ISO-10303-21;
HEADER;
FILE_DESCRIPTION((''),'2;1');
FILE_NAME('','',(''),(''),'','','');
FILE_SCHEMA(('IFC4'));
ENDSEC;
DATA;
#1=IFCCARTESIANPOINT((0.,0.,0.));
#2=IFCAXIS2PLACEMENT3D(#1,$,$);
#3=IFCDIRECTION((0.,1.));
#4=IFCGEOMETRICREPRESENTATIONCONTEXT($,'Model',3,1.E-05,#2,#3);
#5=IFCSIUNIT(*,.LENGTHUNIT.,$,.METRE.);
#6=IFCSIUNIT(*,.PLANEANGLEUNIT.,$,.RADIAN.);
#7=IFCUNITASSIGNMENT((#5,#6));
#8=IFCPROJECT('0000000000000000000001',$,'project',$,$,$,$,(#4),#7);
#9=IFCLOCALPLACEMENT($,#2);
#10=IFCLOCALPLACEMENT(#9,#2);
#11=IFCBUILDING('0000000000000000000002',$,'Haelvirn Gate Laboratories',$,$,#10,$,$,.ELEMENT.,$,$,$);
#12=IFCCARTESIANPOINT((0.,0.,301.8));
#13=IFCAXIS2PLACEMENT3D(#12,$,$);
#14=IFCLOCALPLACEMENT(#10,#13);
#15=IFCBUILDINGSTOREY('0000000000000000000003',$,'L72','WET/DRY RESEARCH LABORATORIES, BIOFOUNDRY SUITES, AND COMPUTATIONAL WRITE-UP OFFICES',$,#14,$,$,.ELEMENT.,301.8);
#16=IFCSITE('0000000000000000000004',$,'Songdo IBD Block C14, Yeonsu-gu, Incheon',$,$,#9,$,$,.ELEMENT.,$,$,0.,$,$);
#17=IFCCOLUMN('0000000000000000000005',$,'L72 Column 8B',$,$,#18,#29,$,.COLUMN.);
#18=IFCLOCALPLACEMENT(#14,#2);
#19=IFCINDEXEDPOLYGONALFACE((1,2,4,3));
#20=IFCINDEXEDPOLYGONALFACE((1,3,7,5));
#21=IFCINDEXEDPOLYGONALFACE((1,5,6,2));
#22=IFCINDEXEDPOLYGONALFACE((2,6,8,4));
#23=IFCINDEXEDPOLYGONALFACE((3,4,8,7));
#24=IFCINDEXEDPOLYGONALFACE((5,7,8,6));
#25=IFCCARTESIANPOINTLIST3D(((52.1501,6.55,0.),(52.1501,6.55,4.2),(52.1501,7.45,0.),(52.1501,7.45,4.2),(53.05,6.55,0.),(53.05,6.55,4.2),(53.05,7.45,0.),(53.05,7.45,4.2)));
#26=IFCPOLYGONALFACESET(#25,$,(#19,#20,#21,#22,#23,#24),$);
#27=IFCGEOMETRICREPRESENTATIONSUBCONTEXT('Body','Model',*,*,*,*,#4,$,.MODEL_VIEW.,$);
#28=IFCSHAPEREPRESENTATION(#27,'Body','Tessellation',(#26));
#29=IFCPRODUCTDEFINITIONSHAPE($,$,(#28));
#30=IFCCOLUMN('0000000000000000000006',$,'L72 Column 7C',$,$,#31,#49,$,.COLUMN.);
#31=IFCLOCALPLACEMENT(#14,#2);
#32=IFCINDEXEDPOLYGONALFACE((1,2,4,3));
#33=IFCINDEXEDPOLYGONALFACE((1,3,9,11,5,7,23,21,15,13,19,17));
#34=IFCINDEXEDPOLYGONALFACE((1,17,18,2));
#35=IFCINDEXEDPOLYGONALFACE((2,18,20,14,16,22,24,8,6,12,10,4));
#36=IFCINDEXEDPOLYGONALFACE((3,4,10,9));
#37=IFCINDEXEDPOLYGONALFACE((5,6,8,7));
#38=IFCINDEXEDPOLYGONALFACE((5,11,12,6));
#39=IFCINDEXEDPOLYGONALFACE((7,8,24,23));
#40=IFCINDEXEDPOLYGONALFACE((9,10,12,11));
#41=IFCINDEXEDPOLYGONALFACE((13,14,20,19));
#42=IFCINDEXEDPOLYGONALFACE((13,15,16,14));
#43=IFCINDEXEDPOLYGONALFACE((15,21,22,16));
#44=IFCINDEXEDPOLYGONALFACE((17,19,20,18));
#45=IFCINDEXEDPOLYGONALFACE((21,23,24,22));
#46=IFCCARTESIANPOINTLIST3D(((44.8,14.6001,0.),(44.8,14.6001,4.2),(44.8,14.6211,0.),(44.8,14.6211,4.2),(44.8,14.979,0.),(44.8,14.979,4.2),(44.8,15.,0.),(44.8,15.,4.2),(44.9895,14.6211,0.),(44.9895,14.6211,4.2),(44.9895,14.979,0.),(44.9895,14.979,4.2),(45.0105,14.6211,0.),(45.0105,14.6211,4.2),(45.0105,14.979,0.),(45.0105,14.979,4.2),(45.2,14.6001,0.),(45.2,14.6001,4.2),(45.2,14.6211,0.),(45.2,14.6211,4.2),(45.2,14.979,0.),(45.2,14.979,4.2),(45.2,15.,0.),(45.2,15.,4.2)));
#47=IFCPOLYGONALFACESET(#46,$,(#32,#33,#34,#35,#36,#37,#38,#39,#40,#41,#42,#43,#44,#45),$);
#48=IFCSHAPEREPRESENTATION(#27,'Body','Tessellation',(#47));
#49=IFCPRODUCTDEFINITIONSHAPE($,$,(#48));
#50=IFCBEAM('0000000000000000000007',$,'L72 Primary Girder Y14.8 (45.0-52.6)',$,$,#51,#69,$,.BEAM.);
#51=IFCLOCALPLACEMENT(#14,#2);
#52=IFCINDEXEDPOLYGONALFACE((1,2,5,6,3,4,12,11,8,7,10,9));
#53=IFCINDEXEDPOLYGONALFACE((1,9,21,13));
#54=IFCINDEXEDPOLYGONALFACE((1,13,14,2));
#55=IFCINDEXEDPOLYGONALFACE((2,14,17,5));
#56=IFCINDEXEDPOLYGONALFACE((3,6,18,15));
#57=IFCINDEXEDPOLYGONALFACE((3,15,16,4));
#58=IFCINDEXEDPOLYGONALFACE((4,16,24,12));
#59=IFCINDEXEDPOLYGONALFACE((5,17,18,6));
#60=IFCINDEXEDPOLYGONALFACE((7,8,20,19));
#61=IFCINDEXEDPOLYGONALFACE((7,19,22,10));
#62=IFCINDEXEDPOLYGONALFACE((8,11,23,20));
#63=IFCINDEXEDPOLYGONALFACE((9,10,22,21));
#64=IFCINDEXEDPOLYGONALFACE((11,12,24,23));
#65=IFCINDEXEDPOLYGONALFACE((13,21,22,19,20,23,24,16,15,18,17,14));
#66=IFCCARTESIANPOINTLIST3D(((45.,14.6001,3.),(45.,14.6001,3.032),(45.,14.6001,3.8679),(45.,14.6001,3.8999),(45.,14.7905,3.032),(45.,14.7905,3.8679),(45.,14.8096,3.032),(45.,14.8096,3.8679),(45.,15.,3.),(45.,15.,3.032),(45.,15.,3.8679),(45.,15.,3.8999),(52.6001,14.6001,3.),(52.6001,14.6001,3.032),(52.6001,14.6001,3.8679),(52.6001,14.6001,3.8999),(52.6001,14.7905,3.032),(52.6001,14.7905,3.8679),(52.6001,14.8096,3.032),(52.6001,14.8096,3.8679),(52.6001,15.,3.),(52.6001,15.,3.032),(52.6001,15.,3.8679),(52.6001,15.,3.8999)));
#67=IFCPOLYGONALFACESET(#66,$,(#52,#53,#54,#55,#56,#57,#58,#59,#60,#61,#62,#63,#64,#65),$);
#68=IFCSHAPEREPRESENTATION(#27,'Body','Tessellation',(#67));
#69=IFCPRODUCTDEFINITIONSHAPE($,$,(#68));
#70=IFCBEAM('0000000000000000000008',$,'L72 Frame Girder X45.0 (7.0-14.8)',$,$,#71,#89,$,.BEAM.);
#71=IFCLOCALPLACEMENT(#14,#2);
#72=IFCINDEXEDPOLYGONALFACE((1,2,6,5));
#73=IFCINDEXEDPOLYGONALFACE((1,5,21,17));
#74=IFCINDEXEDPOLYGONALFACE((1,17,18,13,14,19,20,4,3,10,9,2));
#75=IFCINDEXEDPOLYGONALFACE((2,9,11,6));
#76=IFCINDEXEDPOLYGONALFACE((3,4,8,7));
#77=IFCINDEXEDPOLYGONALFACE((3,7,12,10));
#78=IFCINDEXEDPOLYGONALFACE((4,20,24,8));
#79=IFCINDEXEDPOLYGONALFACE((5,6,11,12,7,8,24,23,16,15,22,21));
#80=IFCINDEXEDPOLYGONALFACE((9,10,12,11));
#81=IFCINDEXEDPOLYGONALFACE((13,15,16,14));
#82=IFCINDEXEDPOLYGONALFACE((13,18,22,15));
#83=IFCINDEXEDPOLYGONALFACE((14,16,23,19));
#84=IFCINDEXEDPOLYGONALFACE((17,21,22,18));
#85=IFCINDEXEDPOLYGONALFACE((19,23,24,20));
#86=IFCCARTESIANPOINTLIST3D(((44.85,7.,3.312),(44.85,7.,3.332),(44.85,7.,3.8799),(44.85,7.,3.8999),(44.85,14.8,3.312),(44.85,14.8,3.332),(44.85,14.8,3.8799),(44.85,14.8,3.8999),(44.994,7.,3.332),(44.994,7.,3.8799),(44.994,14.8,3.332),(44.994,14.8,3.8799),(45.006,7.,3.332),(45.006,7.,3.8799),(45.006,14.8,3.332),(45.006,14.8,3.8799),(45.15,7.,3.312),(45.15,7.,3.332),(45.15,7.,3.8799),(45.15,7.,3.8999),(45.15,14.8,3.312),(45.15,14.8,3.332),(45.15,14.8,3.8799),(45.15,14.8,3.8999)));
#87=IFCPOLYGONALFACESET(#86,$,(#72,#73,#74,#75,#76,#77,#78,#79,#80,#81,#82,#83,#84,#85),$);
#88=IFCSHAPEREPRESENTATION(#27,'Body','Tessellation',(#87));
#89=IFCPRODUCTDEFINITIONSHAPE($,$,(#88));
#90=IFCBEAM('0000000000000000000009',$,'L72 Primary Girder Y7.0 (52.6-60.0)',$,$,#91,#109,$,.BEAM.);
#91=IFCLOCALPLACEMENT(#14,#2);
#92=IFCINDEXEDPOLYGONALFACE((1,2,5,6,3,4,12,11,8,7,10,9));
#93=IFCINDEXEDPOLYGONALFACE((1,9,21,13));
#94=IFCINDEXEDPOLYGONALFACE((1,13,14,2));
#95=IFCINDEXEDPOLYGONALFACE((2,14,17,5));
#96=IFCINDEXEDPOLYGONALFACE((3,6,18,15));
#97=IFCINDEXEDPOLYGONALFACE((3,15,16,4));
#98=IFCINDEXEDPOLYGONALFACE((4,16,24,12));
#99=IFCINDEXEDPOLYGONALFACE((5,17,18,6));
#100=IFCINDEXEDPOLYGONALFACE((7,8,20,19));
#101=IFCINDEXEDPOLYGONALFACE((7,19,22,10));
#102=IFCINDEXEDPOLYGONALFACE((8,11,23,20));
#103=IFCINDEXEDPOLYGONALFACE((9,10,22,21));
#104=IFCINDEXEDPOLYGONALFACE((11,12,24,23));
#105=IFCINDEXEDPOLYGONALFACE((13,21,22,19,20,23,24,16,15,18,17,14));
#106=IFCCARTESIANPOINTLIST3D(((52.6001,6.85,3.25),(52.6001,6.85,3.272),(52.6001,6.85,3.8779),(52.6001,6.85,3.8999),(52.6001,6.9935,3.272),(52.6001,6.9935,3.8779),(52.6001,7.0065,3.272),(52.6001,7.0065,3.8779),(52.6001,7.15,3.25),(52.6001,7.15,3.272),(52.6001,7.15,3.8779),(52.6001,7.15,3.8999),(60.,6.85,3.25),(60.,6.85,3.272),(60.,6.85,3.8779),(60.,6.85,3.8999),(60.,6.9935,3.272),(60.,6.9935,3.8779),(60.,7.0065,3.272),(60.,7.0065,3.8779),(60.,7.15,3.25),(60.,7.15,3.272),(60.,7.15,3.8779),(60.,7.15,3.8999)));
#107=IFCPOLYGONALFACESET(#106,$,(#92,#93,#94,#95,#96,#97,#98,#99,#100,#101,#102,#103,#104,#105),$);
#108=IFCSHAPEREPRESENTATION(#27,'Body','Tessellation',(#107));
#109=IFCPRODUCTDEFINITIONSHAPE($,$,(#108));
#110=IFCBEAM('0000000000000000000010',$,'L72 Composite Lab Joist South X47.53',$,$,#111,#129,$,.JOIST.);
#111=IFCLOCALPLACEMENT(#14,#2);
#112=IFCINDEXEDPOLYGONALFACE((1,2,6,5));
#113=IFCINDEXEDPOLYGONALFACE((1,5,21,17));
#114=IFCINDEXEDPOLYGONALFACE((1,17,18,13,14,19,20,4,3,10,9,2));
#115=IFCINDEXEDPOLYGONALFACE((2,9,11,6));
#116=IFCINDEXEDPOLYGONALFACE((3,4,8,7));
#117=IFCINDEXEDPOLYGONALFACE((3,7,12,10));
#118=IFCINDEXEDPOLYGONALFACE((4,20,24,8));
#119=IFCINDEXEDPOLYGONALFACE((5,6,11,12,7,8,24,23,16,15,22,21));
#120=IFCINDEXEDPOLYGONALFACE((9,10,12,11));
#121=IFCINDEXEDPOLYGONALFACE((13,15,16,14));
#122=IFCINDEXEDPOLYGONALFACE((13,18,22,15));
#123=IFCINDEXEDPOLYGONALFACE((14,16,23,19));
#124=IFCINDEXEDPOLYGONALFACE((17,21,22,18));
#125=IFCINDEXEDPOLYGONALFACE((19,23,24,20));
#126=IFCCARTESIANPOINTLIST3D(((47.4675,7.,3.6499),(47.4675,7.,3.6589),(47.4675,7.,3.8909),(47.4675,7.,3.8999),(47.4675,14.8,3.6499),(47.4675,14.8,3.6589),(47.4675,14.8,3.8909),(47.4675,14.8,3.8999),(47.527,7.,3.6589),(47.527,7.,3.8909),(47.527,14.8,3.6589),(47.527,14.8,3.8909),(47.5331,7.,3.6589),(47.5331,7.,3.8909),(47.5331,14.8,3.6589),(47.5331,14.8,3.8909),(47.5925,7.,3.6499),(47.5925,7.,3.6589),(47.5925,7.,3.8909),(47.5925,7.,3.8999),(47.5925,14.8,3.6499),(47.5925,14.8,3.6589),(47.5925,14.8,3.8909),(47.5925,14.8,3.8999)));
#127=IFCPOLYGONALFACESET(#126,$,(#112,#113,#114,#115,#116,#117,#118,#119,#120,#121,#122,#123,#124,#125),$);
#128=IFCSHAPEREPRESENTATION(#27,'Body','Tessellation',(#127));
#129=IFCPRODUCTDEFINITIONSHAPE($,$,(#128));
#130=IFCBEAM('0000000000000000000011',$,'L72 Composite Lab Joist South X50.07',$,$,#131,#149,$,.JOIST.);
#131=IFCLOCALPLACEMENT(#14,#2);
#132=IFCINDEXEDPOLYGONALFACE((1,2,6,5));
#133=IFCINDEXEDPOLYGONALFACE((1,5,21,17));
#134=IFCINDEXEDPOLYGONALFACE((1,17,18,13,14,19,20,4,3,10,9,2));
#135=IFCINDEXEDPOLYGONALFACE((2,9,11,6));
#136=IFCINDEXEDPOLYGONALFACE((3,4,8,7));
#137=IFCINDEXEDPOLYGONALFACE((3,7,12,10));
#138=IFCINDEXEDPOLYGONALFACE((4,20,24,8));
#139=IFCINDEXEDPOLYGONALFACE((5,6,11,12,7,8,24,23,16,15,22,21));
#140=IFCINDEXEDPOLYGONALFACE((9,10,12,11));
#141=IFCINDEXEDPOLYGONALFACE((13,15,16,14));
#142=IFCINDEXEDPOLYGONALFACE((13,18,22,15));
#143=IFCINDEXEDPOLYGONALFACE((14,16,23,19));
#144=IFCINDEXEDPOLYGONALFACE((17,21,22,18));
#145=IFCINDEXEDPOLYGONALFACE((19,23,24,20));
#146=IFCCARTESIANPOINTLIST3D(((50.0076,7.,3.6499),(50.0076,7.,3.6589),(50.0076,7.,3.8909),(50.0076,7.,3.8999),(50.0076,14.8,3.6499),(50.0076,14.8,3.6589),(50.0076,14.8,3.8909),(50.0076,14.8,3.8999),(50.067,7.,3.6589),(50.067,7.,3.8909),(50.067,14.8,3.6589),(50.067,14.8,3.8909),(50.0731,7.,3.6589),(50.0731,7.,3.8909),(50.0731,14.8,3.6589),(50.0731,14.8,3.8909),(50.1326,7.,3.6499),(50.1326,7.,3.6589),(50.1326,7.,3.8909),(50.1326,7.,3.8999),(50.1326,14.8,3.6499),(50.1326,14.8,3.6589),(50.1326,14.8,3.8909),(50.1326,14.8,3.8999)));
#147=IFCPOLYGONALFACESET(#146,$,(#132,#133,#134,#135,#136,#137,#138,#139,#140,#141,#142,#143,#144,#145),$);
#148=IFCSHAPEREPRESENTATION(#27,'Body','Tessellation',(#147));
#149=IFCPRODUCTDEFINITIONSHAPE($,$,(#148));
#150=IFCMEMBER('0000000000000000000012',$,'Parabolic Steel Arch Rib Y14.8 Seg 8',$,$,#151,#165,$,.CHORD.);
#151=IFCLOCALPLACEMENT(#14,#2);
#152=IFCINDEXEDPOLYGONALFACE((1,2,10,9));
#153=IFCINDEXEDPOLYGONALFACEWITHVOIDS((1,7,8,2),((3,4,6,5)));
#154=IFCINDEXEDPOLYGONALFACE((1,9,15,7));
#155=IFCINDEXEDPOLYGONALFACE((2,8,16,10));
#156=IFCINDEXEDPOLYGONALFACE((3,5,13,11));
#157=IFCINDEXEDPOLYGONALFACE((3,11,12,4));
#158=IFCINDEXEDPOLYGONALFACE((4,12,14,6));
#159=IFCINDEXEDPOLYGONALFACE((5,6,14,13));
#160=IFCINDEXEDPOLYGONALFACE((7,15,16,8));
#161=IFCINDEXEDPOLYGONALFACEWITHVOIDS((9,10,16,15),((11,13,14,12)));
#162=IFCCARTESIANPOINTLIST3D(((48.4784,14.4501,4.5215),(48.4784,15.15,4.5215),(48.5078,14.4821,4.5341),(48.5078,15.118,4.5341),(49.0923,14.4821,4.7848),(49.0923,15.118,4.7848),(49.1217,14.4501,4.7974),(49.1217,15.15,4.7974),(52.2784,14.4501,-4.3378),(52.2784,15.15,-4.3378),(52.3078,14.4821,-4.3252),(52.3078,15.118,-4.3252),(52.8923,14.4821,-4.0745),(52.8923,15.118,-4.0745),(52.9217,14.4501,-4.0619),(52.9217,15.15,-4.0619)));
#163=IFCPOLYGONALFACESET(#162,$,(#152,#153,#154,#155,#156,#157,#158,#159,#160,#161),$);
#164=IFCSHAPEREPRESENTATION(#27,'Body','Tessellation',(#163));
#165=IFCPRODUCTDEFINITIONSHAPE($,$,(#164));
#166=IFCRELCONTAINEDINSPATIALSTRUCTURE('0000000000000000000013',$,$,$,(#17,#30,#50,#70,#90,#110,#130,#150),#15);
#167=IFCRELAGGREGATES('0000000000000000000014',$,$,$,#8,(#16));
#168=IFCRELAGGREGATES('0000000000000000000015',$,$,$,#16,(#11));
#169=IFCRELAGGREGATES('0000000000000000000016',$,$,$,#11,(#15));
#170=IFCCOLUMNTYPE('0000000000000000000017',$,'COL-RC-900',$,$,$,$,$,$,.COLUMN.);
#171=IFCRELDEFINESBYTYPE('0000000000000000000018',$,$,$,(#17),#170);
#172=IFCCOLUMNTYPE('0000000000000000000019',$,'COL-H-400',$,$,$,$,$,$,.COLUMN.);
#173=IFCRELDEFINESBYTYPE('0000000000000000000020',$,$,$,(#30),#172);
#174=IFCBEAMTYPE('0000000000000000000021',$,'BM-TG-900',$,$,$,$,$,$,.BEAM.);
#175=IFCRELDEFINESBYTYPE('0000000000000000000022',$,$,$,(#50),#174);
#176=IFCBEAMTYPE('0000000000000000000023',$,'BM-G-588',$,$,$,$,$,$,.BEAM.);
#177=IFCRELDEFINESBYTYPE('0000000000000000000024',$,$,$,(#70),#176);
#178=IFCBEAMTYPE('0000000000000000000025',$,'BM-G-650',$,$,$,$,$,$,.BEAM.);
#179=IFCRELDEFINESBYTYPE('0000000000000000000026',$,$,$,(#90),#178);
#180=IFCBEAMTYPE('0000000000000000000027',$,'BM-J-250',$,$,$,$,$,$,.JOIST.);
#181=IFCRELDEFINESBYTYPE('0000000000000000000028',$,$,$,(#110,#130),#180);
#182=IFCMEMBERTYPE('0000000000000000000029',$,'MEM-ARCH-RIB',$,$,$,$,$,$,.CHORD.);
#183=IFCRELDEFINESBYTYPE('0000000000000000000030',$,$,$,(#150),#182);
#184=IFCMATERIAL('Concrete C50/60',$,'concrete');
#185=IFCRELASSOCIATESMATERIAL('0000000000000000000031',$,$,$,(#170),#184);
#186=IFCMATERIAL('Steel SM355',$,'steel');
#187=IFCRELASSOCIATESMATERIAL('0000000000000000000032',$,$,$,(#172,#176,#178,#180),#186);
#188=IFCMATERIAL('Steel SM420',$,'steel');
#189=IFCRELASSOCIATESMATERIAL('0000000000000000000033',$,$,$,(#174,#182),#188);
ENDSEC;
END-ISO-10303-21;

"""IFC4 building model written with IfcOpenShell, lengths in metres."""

from ifc_helpers import new_model, si_unit, direction, frame, origin, origin_2d, place, context, subcontext, project, spatial, rectangle, hollow_rectangle, i_section, extrude, source, transform, mapped, material, material_profile, profile_set, type_object, type_shapes, element, save


model = new_model("IFC4")

# Units and contexts
model_context = context("Model", 3, precision=1e-05, world=origin(), true_north=direction((0.0, 1.0)))
body_context = subcontext(model_context, "Body", "Model", "MODEL_VIEW")
ifc_project = project(units=[si_unit("LENGTHUNIT", "METRE"), si_unit("PLANEANGLEUNIT", "RADIAN")], contexts=[model_context])

# Site, building, storey
site_placement = place(None, origin())
site = spatial("IfcSite", under=ifc_project, at=site_placement, Name="Songdo IBD Block C14, Yeonsu-gu, Incheon", CompositionType="ELEMENT", RefElevation=0.0)
building_placement = place(site_placement, origin())
building = spatial("IfcBuilding", under=site, at=building_placement, Name="Haelvirn Gate Laboratories", CompositionType="ELEMENT")
storey_placement = place(building_placement, frame((0.0, 0.0, 301.8)))
storey = spatial("IfcBuildingStorey", under=building, at=storey_placement, Name="L72", Description="WET/DRY RESEARCH LABORATORIES, BIOFOUNDRY SUITES, AND COMPUTATIONAL WRITE-UP OFFICES", CompositionType="ELEMENT", Elevation=301.8)

# Columns
ifc_material_1 = material(Name="Concrete C50/60", Category="concrete")
ifc_material_profile_1 = material_profile(ifc_material_1, rectangle(XDim=0.8999, YDim=0.8999, at=origin_2d()), Name="RC-900x900")
ifc_profile_set_1 = profile_set([ifc_material_profile_1], Name="Concrete C50/60")
column_type_1 = type_object("IfcColumnType", Name="COL-RC-900", PredefinedType="COLUMN", material=ifc_profile_set_1)
shared_shape_1 = source(origin(), body_context, "Body", "SweptSolid", [
    extrude(rectangle(XDim=0.8999, YDim=0.8999, at=origin_2d()), origin(), (0.0, 0.0, 1.0), 4.2),
])
type_shapes(column_type_1, [shared_shape_1])
column_1_placement = place(storey_placement, frame((52.6001, 7.0, 0.0), z_axis=(0.0, 0.0, 1.0), x_axis=(1.0, 0.0, 0.0)))
element("IfcColumn", 1, at=column_1_placement, inside=storey, type_object=column_type_1, Name="L72 Column 8B", PredefinedType="COLUMN", context=body_context, shape_type="MappedRepresentation", body=[
    mapped(shared_shape_1, transform((0.0, 0.0, 0.0), scale=1.0)),
])
ifc_material_2 = material(Name="Steel SM355", Category="steel")
ifc_material_profile_2 = material_profile(ifc_material_2, i_section(OverallWidth=0.3999, OverallDepth=0.3999, WebThickness=0.021, FlangeThickness=0.021, at=origin_2d()), Name="H-400x400x21x21")
ifc_profile_set_2 = profile_set([ifc_material_profile_2], Name="Steel SM355")
column_type_2 = type_object("IfcColumnType", Name="COL-H-400", PredefinedType="COLUMN", material=ifc_profile_set_2)
shared_shape_2 = source(origin(), body_context, "Body", "SweptSolid", [
    extrude(i_section(OverallWidth=0.3999, OverallDepth=0.3999, WebThickness=0.021, FlangeThickness=0.021, at=origin_2d()), origin(), (0.0, 0.0, 1.0), 4.2),
])
type_shapes(column_type_2, [shared_shape_2])
column_2_placement = place(storey_placement, frame((45.0, 14.8, 0.0), z_axis=(0.0, 0.0, 1.0), x_axis=(1.0, 0.0, 0.0)))
element("IfcColumn", 2, at=column_2_placement, inside=storey, type_object=column_type_2, Name="L72 Column 7C", PredefinedType="COLUMN", context=body_context, shape_type="MappedRepresentation", body=[
    mapped(shared_shape_2, transform((0.0, 0.0, 0.0), scale=1.0)),
])

# Beams
ifc_material_3 = material(Name="Steel SM420", Category="steel")
ifc_material_profile_3 = material_profile(ifc_material_3, i_section(OverallWidth=0.3999, OverallDepth=0.8999, WebThickness=0.019, FlangeThickness=0.032, at=origin_2d()), Name="H-900x400x19x32")
ifc_profile_set_3 = profile_set([ifc_material_profile_3], Name="Steel SM420")
beam_type_1 = type_object("IfcBeamType", Name="BM-TG-900", PredefinedType="BEAM", material=ifc_profile_set_3)
shared_shape_3 = source(origin(), body_context, "Body", "SweptSolid", [
    extrude(i_section(OverallWidth=0.3999, OverallDepth=0.8999, WebThickness=0.019, FlangeThickness=0.032, at=origin_2d()), origin(), (0.0, 0.0, 1.0), 7.6001),
])
type_shapes(beam_type_1, [shared_shape_3])
beam_1_placement = place(storey_placement, frame((45.0, 14.8, 3.45), z_axis=(1.0, 0.0, 0.0), x_axis=(0.0, 1.0, 0.0)))
element("IfcBeam", 3, at=beam_1_placement, inside=storey, type_object=beam_type_1, Name="L72 Primary Girder Y14.8 (45.0-52.6)", PredefinedType="BEAM", context=body_context, shape_type="MappedRepresentation", body=[
    mapped(shared_shape_3, transform((0.0, 0.0, 0.0), scale=1.0)),
])
ifc_material_profile_4 = material_profile(ifc_material_2, i_section(OverallWidth=0.3, OverallDepth=0.5879, WebThickness=0.012, FlangeThickness=0.02, at=origin_2d()), Name="H-588x300x12x20")
ifc_profile_set_4 = profile_set([ifc_material_profile_4], Name="Steel SM355")
beam_type_2 = type_object("IfcBeamType", Name="BM-G-588", PredefinedType="BEAM", material=ifc_profile_set_4)
shared_shape_4 = source(origin(), body_context, "Body", "SweptSolid", [
    extrude(i_section(OverallWidth=0.3, OverallDepth=0.5879, WebThickness=0.012, FlangeThickness=0.02, at=origin_2d()), origin(), (0.0, 0.0, 1.0), 7.8),
])
type_shapes(beam_type_2, [shared_shape_4])
beam_2_placement = place(storey_placement, frame((45.0, 7.0, 3.606), z_axis=(0.0, 1.0, 0.0), x_axis=(-1.0, 0.0, 0.0)))
element("IfcBeam", 4, at=beam_2_placement, inside=storey, type_object=beam_type_2, Name="L72 Frame Girder X45.0 (7.0-14.8)", PredefinedType="BEAM", context=body_context, shape_type="MappedRepresentation", body=[
    mapped(shared_shape_4, transform((0.0, 0.0, 0.0), scale=1.0)),
])
ifc_material_profile_5 = material_profile(ifc_material_2, i_section(OverallWidth=0.3, OverallDepth=0.6499, WebThickness=0.0129, FlangeThickness=0.022, at=origin_2d()), Name="H-650x300x13x22")
ifc_profile_set_5 = profile_set([ifc_material_profile_5], Name="Steel SM355")
beam_type_3 = type_object("IfcBeamType", Name="BM-G-650", PredefinedType="BEAM", material=ifc_profile_set_5)
shared_shape_5 = source(origin(), body_context, "Body", "SweptSolid", [
    extrude(i_section(OverallWidth=0.3, OverallDepth=0.6499, WebThickness=0.0129, FlangeThickness=0.022, at=origin_2d()), origin(), (0.0, 0.0, 1.0), 7.3999),
])
type_shapes(beam_type_3, [shared_shape_5])
beam_3_placement = place(storey_placement, frame((52.6001, 7.0, 3.575), z_axis=(1.0, 0.0, 0.0), x_axis=(0.0, 1.0, 0.0)))
element("IfcBeam", 5, at=beam_3_placement, inside=storey, type_object=beam_type_3, Name="L72 Primary Girder Y7.0 (52.6-60.0)", PredefinedType="BEAM", context=body_context, shape_type="MappedRepresentation", body=[
    mapped(shared_shape_5, transform((0.0, 0.0, 0.0), scale=1.0)),
])
ifc_material_profile_6 = material_profile(ifc_material_2, i_section(OverallWidth=0.125, OverallDepth=0.25, WebThickness=0.0061, FlangeThickness=0.009, at=origin_2d()), Name="H-250x125x6x9")
ifc_profile_set_6 = profile_set([ifc_material_profile_6], Name="Steel SM355")
beam_type_4 = type_object("IfcBeamType", Name="BM-J-250", PredefinedType="JOIST", material=ifc_profile_set_6)
shared_shape_6 = source(origin(), body_context, "Body", "SweptSolid", [
    extrude(i_section(OverallWidth=0.125, OverallDepth=0.25, WebThickness=0.0061, FlangeThickness=0.009, at=origin_2d()), origin(), (0.0, 0.0, 1.0), 7.8),
])
type_shapes(beam_type_4, [shared_shape_6])
for number, where, z_axis, x_axis, name in (
    (6, (47.53, 7.0, 3.7749), (0.0, 1.0, 0.0), (-1.0, 0.0, 0.0), "L72 Composite Lab Joist South X47.53"),
    (7, (50.0701, 7.0, 3.7749), (0.0, 1.0, 0.0), (-1.0, 0.0, 0.0), "L72 Composite Lab Joist South X50.07"),
):
    element("IfcBeam", number, at=place(storey_placement, frame(where, z_axis=z_axis, x_axis=x_axis)), inside=storey, type_object=beam_type_4, Name=name, PredefinedType="JOIST", context=body_context, shape_type="MappedRepresentation", body=[
        mapped(shared_shape_6, transform((0.0, 0.0, 0.0), scale=1.0)),
    ])

# Member
ifc_material_profile_7 = material_profile(ifc_material_3, hollow_rectangle(XDim=0.7, YDim=0.7, WallThickness=0.032, at=origin_2d()), Name="BOX-700x700x32")
ifc_profile_set_7 = profile_set([ifc_material_profile_7], Name="Steel SM420")
member_type_1 = type_object("IfcMemberType", Name="MEM-ARCH-RIB", PredefinedType="CHORD", material=ifc_profile_set_7)
shared_shape_7 = source(origin(), body_context, "Body", "SweptSolid", [
    extrude(hollow_rectangle(XDim=0.7, YDim=0.7, WallThickness=0.032, at=origin_2d()), origin(), (0.0, 0.0, 1.0), 9.6399),
])
type_shapes(member_type_1, [shared_shape_7])
member_1_placement = place(storey_placement, frame((48.8, 14.8, 4.6594), z_axis=(0.394197, 0.0, -0.919026), x_axis=(0.0, 1.0, 0.0)))
element("IfcMember", 8, at=member_1_placement, inside=storey, type_object=member_type_1, Name="Parabolic Steel Arch Rib Y14.8 Seg 8", PredefinedType="CHORD", context=body_context, shape_type="MappedRepresentation", body=[
    mapped(shared_shape_7, transform((0.0, 0.0, 0.0), scale=1.0)),
])

save(model, "model.ifc")
